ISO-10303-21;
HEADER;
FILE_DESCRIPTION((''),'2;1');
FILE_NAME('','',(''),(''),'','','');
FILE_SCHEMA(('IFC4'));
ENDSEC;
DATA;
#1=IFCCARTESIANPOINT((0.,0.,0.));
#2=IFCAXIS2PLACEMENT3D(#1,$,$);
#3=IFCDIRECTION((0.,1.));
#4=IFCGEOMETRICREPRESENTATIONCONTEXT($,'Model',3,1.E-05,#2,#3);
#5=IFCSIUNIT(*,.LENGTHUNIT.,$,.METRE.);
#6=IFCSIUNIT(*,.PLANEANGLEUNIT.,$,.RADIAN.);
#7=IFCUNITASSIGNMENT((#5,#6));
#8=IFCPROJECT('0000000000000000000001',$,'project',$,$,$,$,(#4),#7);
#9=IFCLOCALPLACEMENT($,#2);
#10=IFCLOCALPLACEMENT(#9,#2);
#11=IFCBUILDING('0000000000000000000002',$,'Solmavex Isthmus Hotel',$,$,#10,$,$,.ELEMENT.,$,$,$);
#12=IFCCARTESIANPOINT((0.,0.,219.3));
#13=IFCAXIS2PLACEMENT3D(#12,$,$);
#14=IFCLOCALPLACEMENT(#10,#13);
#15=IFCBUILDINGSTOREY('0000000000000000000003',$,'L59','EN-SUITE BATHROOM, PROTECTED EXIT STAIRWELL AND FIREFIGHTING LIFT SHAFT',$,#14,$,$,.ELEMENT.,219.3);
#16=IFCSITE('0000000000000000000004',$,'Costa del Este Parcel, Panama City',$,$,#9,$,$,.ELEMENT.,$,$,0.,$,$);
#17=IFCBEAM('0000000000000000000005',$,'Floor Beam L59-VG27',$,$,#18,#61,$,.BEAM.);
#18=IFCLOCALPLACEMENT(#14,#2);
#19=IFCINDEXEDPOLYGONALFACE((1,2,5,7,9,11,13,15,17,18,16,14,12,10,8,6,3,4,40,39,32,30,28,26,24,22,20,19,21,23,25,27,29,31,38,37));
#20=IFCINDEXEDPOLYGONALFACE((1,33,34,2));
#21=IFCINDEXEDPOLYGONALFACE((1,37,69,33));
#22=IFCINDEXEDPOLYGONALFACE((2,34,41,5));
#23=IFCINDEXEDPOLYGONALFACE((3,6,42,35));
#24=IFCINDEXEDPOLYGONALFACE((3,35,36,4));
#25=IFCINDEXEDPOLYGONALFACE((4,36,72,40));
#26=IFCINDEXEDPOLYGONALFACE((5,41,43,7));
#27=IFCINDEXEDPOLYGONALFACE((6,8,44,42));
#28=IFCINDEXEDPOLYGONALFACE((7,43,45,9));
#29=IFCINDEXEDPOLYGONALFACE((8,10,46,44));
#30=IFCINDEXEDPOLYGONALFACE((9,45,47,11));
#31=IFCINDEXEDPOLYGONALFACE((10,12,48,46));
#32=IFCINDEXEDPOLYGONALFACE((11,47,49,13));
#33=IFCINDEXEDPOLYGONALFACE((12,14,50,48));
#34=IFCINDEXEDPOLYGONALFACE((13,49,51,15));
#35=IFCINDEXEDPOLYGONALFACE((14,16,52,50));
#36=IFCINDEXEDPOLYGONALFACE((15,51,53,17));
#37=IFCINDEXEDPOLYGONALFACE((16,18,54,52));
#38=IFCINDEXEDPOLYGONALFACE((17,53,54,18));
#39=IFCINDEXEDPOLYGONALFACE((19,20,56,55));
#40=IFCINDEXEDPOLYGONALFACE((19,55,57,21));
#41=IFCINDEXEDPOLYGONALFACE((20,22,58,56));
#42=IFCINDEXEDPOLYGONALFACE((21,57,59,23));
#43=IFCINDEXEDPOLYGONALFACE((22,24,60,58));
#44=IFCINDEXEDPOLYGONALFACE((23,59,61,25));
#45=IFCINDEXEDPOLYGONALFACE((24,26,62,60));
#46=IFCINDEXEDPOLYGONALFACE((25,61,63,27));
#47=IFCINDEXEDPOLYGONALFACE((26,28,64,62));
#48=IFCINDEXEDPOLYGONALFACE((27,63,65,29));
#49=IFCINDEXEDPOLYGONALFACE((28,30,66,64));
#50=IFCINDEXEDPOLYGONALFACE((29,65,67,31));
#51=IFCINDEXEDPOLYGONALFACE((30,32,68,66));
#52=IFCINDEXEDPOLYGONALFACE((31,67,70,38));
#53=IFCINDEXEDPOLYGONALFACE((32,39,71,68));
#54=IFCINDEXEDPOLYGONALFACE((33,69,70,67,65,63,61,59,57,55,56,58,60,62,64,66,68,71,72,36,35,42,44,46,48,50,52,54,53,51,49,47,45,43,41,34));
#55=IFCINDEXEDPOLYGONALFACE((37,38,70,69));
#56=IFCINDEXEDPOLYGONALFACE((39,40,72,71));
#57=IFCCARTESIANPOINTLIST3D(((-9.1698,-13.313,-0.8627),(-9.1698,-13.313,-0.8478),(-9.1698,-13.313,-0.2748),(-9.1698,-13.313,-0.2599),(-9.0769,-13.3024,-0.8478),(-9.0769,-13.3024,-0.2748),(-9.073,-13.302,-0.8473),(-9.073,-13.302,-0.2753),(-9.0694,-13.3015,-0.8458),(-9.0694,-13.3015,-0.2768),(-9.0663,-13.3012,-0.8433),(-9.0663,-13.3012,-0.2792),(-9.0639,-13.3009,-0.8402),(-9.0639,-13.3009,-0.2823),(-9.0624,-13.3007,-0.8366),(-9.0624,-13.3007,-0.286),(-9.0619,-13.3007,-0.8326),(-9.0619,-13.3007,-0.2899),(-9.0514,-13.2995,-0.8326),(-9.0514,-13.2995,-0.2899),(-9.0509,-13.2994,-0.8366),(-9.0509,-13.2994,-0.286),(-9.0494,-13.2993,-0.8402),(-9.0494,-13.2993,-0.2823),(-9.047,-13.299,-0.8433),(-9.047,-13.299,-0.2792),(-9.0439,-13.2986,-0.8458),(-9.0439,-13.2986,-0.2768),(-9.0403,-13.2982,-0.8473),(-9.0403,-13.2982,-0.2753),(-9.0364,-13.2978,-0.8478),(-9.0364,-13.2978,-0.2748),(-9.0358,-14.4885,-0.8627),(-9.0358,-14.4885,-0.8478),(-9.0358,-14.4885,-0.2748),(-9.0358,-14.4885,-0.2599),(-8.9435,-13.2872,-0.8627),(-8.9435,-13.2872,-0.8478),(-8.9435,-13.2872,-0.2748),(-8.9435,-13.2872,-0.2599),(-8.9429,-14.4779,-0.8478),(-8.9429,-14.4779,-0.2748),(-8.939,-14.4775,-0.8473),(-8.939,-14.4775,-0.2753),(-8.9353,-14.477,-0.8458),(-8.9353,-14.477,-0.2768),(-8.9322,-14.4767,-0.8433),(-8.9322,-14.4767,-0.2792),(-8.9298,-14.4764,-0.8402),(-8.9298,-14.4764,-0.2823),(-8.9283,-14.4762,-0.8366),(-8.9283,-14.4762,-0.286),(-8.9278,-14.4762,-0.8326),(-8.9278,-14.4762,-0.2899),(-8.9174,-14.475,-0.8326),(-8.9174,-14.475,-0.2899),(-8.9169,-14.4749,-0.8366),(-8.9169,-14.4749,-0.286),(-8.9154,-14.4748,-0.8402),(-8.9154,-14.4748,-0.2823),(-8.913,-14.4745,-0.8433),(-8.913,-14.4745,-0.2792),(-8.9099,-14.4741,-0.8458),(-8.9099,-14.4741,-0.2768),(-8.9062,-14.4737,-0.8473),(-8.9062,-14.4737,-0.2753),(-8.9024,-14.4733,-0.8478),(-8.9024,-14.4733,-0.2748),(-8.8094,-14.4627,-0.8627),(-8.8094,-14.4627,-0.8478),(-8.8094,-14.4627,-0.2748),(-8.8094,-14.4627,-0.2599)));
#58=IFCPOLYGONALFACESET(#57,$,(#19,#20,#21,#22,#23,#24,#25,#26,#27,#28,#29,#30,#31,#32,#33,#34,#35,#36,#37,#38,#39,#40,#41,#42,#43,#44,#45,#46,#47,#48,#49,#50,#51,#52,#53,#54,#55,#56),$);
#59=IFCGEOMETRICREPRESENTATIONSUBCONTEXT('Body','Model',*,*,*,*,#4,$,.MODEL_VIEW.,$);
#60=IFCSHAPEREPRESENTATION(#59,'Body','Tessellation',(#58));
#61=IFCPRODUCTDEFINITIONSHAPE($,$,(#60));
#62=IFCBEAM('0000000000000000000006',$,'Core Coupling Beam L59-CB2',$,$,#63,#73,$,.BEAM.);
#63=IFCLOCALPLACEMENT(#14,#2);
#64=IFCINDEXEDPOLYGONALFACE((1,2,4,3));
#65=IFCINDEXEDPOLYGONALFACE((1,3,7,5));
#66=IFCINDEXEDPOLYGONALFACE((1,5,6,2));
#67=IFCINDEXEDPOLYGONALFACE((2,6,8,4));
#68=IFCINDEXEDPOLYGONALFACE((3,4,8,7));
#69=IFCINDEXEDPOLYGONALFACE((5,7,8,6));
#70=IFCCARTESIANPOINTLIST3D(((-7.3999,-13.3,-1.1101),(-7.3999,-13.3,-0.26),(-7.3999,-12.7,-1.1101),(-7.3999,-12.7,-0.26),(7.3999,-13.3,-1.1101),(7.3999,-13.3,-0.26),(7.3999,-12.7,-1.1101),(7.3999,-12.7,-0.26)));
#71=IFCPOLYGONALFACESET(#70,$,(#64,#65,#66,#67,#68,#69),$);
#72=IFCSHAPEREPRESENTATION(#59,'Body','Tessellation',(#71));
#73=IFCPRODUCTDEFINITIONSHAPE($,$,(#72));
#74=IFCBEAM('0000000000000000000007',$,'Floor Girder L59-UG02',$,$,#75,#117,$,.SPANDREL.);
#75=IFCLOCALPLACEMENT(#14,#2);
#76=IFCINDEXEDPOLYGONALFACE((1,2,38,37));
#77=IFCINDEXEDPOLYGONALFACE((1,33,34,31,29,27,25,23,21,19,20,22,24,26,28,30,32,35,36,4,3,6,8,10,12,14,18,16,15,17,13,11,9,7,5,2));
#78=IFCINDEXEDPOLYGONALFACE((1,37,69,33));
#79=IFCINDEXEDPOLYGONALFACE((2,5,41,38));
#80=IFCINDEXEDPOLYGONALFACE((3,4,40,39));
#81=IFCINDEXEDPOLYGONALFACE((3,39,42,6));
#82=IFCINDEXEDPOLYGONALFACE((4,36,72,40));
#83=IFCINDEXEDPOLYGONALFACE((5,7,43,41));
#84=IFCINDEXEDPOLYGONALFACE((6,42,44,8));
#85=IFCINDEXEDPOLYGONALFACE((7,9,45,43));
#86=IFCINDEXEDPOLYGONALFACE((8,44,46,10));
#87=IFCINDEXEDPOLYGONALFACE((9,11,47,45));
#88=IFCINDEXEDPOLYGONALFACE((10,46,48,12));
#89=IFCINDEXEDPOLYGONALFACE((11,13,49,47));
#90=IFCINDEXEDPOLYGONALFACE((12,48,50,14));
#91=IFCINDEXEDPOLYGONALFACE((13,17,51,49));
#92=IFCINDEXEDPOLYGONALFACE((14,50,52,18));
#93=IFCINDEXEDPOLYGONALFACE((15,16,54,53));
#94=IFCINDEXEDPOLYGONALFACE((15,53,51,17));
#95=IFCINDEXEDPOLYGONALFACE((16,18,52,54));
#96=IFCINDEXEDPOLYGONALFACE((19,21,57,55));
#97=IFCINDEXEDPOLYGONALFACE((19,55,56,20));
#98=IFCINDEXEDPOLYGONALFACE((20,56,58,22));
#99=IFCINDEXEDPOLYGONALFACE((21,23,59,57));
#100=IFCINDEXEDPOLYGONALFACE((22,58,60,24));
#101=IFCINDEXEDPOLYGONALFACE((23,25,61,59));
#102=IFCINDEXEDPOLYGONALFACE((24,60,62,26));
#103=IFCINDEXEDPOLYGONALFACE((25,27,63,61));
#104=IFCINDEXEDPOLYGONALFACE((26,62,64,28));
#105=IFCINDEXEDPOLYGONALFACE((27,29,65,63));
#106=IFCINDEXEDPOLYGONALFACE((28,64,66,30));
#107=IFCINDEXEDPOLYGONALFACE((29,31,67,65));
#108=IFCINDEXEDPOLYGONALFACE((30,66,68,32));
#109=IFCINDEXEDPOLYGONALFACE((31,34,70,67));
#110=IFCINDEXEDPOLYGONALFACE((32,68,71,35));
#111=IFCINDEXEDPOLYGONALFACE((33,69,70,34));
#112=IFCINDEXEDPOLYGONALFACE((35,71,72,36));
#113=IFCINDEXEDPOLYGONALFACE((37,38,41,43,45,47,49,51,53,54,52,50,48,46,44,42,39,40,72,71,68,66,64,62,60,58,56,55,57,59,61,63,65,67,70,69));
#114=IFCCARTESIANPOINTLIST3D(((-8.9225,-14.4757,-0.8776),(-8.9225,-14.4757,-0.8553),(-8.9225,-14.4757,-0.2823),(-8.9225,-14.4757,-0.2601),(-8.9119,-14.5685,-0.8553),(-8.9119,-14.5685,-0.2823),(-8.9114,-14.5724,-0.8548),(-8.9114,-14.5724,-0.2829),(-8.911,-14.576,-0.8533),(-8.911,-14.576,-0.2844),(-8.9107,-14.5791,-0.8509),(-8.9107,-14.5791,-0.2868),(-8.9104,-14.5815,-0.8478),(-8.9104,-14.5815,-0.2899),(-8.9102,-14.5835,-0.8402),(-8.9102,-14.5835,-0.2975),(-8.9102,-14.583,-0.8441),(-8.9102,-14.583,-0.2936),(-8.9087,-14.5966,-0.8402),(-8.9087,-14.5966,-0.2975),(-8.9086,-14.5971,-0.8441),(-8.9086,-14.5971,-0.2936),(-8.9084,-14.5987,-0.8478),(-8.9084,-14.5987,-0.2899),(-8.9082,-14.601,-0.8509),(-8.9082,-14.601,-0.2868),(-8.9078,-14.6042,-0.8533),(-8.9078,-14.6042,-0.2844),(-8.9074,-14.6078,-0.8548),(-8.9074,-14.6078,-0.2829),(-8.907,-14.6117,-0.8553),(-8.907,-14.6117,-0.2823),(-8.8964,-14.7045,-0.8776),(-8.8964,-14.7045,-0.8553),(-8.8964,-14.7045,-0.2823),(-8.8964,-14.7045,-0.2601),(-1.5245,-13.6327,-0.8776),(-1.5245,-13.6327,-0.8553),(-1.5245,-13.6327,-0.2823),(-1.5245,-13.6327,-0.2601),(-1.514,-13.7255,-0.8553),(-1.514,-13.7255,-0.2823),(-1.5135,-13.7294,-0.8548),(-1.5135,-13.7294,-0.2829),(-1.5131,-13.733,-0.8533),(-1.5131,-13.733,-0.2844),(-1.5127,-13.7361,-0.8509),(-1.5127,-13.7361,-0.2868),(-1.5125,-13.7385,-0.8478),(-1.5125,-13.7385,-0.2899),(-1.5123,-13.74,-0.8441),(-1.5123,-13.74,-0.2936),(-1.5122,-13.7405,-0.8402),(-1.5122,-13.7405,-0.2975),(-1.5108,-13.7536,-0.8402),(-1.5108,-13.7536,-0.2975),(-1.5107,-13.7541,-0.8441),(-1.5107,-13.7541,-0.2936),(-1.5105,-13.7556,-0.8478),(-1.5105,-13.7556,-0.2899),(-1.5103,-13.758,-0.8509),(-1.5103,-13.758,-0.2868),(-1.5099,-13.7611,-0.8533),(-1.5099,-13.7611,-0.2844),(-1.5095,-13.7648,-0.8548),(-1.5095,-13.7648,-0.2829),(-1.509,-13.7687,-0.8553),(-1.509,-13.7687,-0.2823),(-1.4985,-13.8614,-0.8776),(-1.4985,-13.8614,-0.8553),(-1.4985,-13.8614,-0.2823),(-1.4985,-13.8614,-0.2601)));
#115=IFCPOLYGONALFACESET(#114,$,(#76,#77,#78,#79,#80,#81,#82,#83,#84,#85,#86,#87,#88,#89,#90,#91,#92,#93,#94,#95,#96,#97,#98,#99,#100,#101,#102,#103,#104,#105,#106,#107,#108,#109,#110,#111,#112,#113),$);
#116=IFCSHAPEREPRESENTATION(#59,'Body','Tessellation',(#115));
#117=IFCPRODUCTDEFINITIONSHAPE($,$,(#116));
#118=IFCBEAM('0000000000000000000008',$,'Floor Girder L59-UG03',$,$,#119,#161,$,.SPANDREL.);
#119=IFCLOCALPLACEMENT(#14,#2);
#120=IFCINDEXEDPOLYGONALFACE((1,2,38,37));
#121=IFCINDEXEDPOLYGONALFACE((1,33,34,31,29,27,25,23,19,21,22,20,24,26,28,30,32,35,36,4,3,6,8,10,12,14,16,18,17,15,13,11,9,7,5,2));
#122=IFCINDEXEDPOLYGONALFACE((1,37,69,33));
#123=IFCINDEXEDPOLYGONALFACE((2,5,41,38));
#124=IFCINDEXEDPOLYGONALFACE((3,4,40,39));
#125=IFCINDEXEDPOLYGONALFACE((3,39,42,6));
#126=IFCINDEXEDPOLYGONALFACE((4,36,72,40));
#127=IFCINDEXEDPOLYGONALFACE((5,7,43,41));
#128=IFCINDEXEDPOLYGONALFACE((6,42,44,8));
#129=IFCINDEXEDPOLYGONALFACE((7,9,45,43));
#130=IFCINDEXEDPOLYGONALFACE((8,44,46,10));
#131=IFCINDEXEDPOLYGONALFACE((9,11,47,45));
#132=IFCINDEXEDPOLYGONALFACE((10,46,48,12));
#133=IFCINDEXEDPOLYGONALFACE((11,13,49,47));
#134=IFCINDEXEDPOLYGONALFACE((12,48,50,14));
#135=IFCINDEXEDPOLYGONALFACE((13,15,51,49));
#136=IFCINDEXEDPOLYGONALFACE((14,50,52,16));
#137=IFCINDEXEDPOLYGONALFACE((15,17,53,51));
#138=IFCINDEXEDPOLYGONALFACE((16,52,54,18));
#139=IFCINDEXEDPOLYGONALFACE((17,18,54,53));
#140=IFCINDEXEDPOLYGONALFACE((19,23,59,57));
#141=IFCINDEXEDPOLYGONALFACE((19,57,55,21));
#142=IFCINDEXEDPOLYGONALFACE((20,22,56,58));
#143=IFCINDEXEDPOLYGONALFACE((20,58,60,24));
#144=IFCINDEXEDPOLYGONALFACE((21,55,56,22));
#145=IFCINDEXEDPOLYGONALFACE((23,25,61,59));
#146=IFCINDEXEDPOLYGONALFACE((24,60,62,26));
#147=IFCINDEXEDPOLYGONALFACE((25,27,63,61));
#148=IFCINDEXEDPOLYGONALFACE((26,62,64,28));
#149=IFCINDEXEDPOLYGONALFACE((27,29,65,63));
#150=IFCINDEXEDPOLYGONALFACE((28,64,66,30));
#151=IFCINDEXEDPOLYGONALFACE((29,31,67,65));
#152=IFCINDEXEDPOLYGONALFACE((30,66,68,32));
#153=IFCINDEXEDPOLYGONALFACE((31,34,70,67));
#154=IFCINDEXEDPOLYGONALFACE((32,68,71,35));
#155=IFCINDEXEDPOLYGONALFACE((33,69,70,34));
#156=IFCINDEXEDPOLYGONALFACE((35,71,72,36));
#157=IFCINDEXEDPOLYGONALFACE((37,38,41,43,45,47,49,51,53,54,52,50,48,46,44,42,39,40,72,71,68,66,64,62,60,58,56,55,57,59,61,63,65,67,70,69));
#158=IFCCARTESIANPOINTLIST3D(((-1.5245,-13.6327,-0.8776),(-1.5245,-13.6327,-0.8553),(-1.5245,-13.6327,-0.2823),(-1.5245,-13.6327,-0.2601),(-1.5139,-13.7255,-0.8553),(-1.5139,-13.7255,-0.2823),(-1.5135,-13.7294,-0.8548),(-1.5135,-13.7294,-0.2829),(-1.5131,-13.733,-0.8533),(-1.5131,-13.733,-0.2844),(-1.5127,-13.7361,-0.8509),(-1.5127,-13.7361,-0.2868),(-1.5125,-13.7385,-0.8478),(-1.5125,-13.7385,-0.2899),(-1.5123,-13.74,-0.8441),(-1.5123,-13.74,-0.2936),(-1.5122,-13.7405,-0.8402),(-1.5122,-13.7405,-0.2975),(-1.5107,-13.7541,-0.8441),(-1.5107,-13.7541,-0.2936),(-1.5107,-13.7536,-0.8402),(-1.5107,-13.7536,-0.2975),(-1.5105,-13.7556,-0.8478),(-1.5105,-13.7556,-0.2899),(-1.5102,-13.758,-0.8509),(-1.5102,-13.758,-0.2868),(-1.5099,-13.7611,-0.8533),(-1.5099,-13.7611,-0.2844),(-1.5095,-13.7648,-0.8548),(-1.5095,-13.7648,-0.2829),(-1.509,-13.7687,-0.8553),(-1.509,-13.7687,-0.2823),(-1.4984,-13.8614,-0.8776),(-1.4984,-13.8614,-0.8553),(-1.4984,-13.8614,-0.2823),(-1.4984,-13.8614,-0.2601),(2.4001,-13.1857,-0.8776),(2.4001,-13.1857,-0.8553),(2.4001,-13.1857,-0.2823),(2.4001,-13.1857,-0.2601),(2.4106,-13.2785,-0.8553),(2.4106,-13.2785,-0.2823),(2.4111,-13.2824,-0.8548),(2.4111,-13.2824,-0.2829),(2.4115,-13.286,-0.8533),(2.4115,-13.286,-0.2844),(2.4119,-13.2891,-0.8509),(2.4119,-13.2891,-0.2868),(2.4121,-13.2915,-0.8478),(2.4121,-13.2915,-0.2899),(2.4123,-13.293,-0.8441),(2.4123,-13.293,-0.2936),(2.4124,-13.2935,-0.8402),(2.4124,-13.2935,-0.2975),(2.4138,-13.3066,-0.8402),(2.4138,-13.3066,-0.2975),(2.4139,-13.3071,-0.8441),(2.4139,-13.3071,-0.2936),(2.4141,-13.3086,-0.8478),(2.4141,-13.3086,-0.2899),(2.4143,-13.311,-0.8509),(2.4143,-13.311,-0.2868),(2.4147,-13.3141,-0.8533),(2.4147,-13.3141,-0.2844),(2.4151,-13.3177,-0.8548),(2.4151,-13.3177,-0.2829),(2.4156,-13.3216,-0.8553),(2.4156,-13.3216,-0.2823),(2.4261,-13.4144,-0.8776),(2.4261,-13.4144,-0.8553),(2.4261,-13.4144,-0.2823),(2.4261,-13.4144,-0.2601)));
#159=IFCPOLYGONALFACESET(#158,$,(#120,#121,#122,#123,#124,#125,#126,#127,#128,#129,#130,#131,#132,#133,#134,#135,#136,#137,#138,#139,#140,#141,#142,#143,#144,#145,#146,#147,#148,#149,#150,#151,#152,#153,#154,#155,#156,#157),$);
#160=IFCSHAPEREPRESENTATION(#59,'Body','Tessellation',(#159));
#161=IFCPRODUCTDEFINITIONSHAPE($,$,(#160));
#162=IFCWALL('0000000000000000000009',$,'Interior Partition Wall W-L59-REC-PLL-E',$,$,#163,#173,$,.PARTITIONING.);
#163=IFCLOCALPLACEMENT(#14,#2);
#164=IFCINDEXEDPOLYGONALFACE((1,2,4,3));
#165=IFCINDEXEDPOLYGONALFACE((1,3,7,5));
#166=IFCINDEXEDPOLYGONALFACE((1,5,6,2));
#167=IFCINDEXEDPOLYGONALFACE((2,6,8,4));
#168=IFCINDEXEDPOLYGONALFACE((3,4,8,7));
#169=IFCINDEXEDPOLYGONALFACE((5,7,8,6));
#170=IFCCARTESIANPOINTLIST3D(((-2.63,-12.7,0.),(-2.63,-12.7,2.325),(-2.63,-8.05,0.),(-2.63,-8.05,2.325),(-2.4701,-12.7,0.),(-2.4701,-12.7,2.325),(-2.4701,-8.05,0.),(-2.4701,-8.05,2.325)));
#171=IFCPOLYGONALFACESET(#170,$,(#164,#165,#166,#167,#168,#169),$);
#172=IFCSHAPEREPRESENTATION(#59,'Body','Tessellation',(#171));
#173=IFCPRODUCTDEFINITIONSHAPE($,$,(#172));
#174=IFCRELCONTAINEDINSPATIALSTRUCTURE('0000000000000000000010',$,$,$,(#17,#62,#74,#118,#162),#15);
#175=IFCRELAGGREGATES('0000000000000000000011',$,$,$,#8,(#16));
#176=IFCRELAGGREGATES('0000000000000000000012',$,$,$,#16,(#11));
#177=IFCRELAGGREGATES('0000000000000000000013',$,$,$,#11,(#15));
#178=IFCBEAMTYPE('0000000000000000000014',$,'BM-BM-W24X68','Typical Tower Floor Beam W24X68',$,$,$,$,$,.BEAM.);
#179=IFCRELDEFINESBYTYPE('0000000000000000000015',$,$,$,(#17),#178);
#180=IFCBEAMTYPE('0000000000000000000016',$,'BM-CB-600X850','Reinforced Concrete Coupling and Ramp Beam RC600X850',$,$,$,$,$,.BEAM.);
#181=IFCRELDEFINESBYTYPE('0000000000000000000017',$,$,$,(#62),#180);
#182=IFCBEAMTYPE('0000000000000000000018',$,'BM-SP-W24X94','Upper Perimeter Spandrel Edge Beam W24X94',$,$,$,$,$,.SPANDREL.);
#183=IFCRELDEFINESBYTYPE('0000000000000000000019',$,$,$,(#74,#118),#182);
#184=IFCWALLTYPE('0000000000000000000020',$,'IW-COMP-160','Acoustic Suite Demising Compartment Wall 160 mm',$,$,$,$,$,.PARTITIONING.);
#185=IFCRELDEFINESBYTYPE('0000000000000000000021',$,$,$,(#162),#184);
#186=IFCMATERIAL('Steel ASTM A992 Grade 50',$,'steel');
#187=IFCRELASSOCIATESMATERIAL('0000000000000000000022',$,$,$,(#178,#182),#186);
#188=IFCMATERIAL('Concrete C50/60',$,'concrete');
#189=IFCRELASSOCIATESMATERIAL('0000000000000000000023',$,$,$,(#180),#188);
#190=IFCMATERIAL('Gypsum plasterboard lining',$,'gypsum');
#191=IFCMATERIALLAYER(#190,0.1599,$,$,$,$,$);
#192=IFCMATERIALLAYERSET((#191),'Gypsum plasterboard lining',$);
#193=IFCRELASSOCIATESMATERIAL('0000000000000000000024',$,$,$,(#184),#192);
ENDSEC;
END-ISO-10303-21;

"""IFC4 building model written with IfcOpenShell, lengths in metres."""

from ifc_helpers import new_model, si_unit, direction, frame, frame_2d, origin, origin_2d, place, context, subcontext, project, spatial, rectangle, i_section, extrude, material, layer, layer_set, material_profile, profile_set, type_object, element, save


model = new_model("IFC4")

# Units and contexts
model_context = context("Model", 3, precision=1e-05, world=origin(), true_north=direction((0.0, 1.0)))
body_context = subcontext(model_context, "Body", "Model", "MODEL_VIEW")
ifc_project = project(units=[si_unit("LENGTHUNIT", "METRE"), si_unit("PLANEANGLEUNIT", "RADIAN")], contexts=[model_context])

# Site, building, storey
site_placement = place(None, origin())
site = spatial("IfcSite", under=ifc_project, at=site_placement, Name="Costa del Este Parcel, Panama City", CompositionType="ELEMENT", RefElevation=0.0)
building_placement = place(site_placement, origin())
building = spatial("IfcBuilding", under=site, at=building_placement, Name="Solmavex Isthmus Hotel", CompositionType="ELEMENT")
storey_placement = place(building_placement, frame((0.0, 0.0, 219.3)))
storey = spatial("IfcBuildingStorey", under=building, at=storey_placement, Name="L59", Description="EN-SUITE BATHROOM, PROTECTED EXIT STAIRWELL AND FIREFIGHTING LIFT SHAFT", CompositionType="ELEMENT", Elevation=219.3)

# Shared definitions
ifc_material_1 = material(Name="Concrete C50/60", Category="concrete")

# Beams
ifc_material_2 = material(Name="Steel ASTM A992 Grade 50", Category="steel")
ifc_material_profile_1 = material_profile(ifc_material_2, i_section(OverallWidth=0.2278, OverallDepth=0.6028, WebThickness=0.0105, FlangeThickness=0.0149, FilletRadius=0.0151, at=origin_2d()), Name="W24X68")
ifc_profile_set_1 = profile_set([ifc_material_profile_1], Name="Steel ASTM A992 Grade 50")
beam_type_1 = type_object("IfcBeamType", Name="BM-BM-W24X68", Description="Typical Tower Floor Beam W24X68", PredefinedType="BEAM", material=ifc_profile_set_1)
beam_1_placement = place(storey_placement, frame((-8.9226, -14.4756, -0.5613), z_axis=(-0.113285, 0.993563, 0.0), x_axis=(-0.993563, -0.113285, 0.0)))
element("IfcBeam", 1, at=beam_1_placement, inside=storey, type_object=beam_type_1, Name="Floor Beam L59-VG27", PredefinedType="BEAM", context=body_context, shape_type="SweptSolid", body=[
    extrude(i_section(OverallWidth=0.2278, OverallDepth=0.6028, WebThickness=0.0105, FlangeThickness=0.0149, FilletRadius=0.0151, at=origin_2d()), origin(), (0.0, 0.0, 1.0), 1.1831),
])
ifc_material_profile_2 = material_profile(ifc_material_1, rectangle(XDim=0.6001, YDim=0.8501, at=origin_2d()), Name="RC600X850")
ifc_profile_set_2 = profile_set([ifc_material_profile_2], Name="Concrete C50/60")
beam_type_2 = type_object("IfcBeamType", Name="BM-CB-600X850", Description="Reinforced Concrete Coupling and Ramp Beam RC600X850", PredefinedType="BEAM", material=ifc_profile_set_2)
beam_2_placement = place(storey_placement, frame((-7.3999, -13.0, -0.6851), z_axis=(1.0, 0.0, 0.0), x_axis=(0.0, 1.0, 0.0)))
element("IfcBeam", 2, at=beam_2_placement, inside=storey, type_object=beam_type_2, Name="Core Coupling Beam L59-CB2", PredefinedType="BEAM", context=body_context, shape_type="SweptSolid", body=[
    extrude(rectangle(XDim=0.6001, YDim=0.8501, at=origin_2d()), origin(), (0.0, 0.0, 1.0), 14.7998),
])
ifc_material_profile_3 = material_profile(ifc_material_2, i_section(OverallWidth=0.2302, OverallDepth=0.6174, WebThickness=0.0132, FlangeThickness=0.0222, FilletRadius=0.0151, at=origin_2d()), Name="W24X94")
ifc_profile_set_3 = profile_set([ifc_material_profile_3], Name="Steel ASTM A992 Grade 50")
beam_type_3 = type_object("IfcBeamType", Name="BM-SP-W24X94", Description="Upper Perimeter Spandrel Edge Beam W24X94", PredefinedType="SPANDREL", material=ifc_profile_set_3)
beam_3_placement = place(storey_placement, frame((-8.9094, -14.5901, -0.5688), z_axis=(0.99357, 0.11322, 0.0), x_axis=(-0.11322, 0.99357, 0.0)))
element("IfcBeam", 3, at=beam_3_placement, inside=storey, type_object=beam_type_3, Name="Floor Girder L59-UG02", PredefinedType="SPANDREL", context=body_context, shape_type="SweptSolid", body=[
    extrude(i_section(OverallWidth=0.2302, OverallDepth=0.6174, WebThickness=0.0132, FlangeThickness=0.0222, FilletRadius=0.0151, at=origin_2d()), origin(), (0.0, 0.0, 1.0), 7.4458),
])
beam_4_placement = place(storey_placement, frame((-1.5115, -13.7471, -0.5688), z_axis=(0.993575, 0.113172, 0.0), x_axis=(-0.113172, 0.993575, 0.0)))
element("IfcBeam", 4, at=beam_4_placement, inside=storey, type_object=beam_type_3, Name="Floor Girder L59-UG03", PredefinedType="SPANDREL", context=body_context, shape_type="SweptSolid", body=[
    extrude(i_section(OverallWidth=0.2302, OverallDepth=0.6174, WebThickness=0.0132, FlangeThickness=0.0222, FilletRadius=0.0151, at=origin_2d()), origin(), (0.0, 0.0, 1.0), 3.95),
])

# Wall
ifc_material_3 = material(Name="Gypsum plasterboard lining", Category="gypsum")
ifc_layer_1 = layer(ifc_material_3, 0.1599)
ifc_layer_set_1 = layer_set([ifc_layer_1], Name="Gypsum plasterboard lining")
wall_type_1 = type_object("IfcWallType", Name="IW-COMP-160", Description="Acoustic Suite Demising Compartment Wall 160 mm", PredefinedType="PARTITIONING", material=ifc_layer_set_1)
wall_1_placement = place(storey_placement, frame((-2.55, -12.7, 0.0), z_axis=(0.0, 0.0, 1.0), x_axis=(0.0, 1.0, 0.0)))
element("IfcWall", 5, at=wall_1_placement, inside=storey, type_object=wall_type_1, Name="Interior Partition Wall W-L59-REC-PLL-E", PredefinedType="PARTITIONING", context=body_context, shape_type="SweptSolid", body=[
    extrude(rectangle(XDim=4.6499, YDim=0.1599, at=frame_2d((2.325, 0.0))), origin(), (0.0, 0.0, 1.0), 2.325),
])

save(model, "model.ifc")
